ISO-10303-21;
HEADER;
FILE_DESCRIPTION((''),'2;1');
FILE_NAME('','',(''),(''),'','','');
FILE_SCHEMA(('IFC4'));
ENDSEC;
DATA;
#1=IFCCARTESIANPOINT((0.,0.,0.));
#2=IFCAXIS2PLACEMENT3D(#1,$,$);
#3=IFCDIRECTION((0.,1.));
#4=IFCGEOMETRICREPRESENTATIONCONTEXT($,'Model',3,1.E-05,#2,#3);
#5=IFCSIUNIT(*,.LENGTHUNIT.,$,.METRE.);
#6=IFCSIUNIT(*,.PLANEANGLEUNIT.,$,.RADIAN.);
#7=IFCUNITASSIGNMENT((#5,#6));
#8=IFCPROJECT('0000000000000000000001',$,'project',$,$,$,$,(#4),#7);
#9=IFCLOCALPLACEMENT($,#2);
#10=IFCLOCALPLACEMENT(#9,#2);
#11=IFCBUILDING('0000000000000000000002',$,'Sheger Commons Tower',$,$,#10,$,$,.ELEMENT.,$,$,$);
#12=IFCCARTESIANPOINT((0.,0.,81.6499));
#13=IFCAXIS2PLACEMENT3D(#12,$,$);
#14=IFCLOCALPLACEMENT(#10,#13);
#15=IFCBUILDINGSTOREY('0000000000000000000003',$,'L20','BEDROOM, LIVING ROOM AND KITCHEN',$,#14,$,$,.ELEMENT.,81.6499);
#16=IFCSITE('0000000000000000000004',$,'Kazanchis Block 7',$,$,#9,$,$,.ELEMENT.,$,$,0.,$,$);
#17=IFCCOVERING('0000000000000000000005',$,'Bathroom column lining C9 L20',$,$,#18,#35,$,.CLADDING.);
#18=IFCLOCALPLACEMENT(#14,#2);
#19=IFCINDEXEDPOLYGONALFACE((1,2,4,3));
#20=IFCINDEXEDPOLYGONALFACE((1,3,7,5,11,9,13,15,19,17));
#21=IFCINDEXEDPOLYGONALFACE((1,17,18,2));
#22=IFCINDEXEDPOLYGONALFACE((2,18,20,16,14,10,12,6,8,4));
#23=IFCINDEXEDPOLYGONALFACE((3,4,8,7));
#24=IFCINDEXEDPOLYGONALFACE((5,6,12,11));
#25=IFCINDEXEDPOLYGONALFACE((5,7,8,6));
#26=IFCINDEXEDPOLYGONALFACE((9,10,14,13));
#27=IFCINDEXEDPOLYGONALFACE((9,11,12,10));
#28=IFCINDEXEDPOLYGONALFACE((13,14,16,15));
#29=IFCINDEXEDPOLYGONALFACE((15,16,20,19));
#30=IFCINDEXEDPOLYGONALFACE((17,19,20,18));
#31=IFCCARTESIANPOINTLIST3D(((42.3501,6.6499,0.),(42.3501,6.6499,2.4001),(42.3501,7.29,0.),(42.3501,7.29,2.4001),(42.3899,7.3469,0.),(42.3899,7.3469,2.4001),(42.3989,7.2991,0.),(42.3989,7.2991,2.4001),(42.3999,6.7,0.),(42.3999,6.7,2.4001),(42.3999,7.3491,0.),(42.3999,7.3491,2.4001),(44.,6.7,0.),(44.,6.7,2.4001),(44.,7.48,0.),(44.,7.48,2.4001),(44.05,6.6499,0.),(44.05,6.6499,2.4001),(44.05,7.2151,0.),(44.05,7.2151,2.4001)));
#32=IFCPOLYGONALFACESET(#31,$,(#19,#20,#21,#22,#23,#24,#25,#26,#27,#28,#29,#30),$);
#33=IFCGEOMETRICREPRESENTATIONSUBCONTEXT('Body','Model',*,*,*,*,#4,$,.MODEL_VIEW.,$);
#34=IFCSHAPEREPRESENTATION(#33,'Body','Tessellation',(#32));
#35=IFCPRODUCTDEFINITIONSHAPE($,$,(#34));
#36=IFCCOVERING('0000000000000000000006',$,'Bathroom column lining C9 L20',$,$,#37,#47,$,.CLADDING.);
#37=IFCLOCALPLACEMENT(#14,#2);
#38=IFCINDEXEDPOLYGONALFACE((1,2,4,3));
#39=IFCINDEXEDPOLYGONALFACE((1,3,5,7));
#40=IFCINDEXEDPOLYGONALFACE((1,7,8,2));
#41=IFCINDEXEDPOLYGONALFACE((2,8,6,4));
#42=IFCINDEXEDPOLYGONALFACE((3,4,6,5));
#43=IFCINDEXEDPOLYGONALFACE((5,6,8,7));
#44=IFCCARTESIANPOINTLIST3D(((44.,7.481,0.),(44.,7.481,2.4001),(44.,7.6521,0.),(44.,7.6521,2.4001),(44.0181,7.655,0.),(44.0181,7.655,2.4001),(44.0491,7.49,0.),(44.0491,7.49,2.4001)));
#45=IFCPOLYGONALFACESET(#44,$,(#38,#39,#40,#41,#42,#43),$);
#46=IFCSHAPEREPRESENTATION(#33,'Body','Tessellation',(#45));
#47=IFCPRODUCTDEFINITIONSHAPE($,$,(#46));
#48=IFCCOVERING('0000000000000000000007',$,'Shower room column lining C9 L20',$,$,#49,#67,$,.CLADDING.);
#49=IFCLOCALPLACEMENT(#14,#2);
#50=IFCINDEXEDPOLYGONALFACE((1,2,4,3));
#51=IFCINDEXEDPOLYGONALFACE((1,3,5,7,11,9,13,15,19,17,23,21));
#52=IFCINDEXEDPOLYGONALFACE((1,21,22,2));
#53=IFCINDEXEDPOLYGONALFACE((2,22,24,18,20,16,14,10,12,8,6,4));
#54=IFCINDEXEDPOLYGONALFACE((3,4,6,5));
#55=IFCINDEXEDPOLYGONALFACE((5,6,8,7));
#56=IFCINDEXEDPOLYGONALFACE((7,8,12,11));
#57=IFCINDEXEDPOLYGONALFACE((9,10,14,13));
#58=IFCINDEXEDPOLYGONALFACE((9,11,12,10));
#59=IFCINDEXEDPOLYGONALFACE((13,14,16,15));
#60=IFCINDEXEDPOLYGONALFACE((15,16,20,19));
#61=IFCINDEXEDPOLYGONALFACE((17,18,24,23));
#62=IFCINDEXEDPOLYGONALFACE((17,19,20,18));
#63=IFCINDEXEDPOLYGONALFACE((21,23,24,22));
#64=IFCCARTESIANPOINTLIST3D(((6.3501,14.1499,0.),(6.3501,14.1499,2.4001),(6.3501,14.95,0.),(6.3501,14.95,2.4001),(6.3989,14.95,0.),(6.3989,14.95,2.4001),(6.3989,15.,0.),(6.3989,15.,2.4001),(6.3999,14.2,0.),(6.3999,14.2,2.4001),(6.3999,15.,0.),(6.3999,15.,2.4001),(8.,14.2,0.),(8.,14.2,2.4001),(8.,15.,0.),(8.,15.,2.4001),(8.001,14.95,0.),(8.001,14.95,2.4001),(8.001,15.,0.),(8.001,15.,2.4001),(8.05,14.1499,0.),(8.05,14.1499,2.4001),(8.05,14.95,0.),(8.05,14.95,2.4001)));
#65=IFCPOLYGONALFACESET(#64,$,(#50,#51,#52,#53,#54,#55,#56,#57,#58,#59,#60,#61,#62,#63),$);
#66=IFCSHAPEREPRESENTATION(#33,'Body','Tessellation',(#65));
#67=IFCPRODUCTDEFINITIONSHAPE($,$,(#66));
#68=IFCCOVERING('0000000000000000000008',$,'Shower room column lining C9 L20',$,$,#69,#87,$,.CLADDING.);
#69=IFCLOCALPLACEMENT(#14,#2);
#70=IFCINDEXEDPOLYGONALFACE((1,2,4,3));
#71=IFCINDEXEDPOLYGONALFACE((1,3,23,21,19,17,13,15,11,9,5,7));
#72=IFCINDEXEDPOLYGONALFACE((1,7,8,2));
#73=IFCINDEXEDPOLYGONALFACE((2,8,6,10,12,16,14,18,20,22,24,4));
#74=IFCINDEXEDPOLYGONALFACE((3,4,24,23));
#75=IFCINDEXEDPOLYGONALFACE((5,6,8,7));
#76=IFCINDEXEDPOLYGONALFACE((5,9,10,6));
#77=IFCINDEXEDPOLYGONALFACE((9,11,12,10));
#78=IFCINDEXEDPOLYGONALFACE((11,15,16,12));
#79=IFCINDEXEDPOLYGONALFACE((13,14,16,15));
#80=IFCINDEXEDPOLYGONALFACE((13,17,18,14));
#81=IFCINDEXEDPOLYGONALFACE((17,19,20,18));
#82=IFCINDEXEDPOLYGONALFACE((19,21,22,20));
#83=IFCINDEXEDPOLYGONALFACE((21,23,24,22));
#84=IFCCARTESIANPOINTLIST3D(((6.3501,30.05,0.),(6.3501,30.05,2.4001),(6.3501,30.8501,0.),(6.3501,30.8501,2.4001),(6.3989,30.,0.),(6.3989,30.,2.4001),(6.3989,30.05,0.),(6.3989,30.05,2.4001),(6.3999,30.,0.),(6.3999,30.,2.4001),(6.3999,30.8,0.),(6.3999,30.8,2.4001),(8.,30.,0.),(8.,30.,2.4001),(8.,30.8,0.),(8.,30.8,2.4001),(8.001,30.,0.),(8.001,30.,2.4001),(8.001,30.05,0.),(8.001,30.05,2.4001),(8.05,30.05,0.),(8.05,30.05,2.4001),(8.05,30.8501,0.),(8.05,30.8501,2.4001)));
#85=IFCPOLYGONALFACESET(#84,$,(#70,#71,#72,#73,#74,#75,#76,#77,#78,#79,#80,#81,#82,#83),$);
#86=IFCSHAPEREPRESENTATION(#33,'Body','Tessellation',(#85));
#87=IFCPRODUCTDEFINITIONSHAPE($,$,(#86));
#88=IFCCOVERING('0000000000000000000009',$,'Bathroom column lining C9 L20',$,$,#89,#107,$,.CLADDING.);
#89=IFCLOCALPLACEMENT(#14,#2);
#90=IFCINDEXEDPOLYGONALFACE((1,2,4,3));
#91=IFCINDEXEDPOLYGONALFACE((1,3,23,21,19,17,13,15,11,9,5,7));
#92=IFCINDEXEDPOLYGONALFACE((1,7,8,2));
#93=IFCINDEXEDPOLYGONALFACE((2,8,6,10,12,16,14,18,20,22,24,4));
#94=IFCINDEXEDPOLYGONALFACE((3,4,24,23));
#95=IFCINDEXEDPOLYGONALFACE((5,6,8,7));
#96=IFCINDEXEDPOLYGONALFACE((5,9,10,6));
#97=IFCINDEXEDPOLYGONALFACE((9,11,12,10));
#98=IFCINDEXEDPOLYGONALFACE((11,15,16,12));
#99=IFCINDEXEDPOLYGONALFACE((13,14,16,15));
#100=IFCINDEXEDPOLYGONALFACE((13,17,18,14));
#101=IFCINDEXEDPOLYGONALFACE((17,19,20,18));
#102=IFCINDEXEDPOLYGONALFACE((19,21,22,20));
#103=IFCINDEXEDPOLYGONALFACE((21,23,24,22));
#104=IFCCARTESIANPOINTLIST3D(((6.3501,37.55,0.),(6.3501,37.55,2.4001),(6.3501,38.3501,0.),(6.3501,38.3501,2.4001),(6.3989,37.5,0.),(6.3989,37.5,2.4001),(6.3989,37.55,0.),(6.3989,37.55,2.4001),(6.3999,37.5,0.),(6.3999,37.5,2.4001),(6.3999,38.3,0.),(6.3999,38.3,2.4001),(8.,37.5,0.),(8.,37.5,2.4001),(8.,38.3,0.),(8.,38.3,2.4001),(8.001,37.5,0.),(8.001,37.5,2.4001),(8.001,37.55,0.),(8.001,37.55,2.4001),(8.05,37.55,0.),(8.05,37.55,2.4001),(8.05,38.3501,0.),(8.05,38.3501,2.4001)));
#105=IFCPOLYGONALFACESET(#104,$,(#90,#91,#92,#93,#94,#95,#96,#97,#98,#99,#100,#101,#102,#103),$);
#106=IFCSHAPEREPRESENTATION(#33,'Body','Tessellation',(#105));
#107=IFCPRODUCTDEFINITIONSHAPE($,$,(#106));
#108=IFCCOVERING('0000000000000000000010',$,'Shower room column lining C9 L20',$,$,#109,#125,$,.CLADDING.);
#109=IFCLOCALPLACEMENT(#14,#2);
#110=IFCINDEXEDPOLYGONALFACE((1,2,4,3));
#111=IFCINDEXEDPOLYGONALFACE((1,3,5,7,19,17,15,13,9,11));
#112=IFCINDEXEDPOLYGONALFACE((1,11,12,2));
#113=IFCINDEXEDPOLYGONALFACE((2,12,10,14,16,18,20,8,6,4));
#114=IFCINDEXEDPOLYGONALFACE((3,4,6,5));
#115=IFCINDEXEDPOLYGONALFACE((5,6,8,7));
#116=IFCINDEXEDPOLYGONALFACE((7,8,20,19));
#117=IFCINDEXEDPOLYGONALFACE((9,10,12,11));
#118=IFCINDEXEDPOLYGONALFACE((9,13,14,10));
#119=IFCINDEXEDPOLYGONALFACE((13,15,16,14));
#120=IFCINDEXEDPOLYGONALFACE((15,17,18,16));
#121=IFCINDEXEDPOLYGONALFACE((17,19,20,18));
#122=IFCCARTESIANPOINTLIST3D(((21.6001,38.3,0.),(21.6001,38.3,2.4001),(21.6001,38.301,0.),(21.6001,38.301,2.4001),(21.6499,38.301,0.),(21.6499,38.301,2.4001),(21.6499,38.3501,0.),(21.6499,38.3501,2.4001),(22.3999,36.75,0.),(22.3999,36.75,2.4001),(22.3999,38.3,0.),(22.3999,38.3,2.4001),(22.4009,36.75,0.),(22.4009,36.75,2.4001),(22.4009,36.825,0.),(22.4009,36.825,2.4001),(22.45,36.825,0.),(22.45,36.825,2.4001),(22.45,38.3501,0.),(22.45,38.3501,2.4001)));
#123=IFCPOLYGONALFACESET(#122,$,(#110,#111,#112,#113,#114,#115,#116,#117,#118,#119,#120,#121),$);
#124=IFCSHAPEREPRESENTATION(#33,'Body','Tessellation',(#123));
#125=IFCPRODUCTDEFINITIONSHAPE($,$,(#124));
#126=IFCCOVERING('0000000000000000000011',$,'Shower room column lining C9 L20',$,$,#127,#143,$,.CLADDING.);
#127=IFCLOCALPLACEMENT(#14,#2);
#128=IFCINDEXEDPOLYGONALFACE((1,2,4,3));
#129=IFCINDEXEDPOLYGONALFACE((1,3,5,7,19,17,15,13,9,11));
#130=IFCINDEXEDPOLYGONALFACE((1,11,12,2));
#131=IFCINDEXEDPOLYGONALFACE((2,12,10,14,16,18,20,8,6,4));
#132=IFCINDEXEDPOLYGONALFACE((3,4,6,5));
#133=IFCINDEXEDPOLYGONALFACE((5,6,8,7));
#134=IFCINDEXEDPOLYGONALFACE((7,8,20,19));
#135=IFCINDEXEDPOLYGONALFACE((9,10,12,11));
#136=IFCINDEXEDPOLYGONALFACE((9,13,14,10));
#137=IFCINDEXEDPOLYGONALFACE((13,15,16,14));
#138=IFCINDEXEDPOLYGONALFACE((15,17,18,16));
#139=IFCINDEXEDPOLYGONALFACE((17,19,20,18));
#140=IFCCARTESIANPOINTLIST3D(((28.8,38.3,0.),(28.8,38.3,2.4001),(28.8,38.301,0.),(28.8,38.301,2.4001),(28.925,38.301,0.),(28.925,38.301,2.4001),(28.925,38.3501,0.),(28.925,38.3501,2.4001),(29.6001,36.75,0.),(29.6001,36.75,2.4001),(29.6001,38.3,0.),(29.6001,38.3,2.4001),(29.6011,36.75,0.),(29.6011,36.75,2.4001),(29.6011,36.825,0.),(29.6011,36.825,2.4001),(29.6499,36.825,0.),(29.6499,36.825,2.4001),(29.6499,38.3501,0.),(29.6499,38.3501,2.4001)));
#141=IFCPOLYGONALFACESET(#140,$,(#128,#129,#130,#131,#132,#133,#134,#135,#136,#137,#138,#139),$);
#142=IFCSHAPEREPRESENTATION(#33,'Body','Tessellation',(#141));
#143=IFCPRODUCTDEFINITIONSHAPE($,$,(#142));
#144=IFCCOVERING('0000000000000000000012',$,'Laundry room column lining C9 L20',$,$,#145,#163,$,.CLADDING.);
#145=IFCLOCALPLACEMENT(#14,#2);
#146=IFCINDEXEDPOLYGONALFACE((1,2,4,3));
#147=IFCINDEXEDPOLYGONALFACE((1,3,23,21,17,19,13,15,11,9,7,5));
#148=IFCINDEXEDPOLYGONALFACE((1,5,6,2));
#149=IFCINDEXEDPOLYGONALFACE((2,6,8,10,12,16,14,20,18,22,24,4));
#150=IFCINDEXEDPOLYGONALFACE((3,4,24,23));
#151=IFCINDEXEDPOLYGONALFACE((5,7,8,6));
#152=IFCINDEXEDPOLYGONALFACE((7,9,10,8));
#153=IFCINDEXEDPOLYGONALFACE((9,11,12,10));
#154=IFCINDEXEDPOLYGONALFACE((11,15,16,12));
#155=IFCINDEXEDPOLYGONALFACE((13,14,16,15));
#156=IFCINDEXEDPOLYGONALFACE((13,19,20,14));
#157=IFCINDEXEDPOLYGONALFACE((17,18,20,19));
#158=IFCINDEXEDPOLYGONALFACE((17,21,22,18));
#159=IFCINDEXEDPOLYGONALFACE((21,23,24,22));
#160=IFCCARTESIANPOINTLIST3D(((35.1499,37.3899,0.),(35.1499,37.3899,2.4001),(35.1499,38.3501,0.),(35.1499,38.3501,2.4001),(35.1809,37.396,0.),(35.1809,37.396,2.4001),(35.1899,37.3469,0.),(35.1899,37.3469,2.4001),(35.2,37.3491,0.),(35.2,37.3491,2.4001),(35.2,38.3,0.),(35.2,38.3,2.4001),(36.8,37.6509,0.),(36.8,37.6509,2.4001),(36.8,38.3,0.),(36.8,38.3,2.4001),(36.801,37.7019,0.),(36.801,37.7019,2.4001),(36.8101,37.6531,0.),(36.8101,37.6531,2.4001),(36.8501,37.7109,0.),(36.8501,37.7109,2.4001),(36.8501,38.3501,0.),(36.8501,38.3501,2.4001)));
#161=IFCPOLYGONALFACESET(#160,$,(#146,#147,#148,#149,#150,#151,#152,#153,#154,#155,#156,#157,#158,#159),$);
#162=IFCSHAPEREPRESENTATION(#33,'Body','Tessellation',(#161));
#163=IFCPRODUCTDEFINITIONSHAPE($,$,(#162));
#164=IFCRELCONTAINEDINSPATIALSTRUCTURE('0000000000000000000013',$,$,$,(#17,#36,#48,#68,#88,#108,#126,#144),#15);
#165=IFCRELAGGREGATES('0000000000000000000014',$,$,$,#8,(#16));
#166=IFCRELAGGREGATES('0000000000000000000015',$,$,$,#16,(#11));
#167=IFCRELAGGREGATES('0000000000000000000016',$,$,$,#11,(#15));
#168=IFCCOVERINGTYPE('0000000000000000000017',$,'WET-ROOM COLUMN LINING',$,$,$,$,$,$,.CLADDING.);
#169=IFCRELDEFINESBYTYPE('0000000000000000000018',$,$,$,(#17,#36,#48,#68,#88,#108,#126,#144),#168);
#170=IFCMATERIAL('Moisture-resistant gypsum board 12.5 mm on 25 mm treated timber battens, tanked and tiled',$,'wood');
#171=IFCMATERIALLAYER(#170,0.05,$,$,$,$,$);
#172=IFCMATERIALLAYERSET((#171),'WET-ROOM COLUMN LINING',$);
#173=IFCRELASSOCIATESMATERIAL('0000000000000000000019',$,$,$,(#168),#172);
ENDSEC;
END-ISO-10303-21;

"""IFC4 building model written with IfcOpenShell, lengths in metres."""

from ifc_helpers import new_model, si_unit, direction, frame, origin, place, context, subcontext, project, spatial, polyline, outline, extrude, material, layer, layer_set, type_object, element, save


model = new_model("IFC4")

# Units and contexts
model_context = context("Model", 3, precision=1e-05, world=origin(), true_north=direction((0.0, 1.0)))
body_context = subcontext(model_context, "Body", "Model", "MODEL_VIEW")
ifc_project = project(units=[si_unit("LENGTHUNIT", "METRE"), si_unit("PLANEANGLEUNIT", "RADIAN")], contexts=[model_context])

# Site, building, storey
site_placement = place(None, origin())
site = spatial("IfcSite", under=ifc_project, at=site_placement, Name="Kazanchis Block 7", CompositionType="ELEMENT", RefElevation=0.0)
building_placement = place(site_placement, origin())
building = spatial("IfcBuilding", under=site, at=building_placement, Name="Sheger Commons Tower", CompositionType="ELEMENT")
storey_placement = place(building_placement, frame((0.0, 0.0, 81.6499)))
storey = spatial("IfcBuildingStorey", under=building, at=storey_placement, Name="L20", Description="BEDROOM, LIVING ROOM AND KITCHEN", CompositionType="ELEMENT", Elevation=81.6499)

# Coverings
ifc_material_1 = material(Name="Moisture-resistant gypsum board 12.5 mm on 25 mm treated timber battens, tanked and tiled", Category="wood")
ifc_layer_1 = layer(ifc_material_1, 0.05)
ifc_layer_set_1 = layer_set([ifc_layer_1], Name="WET-ROOM COLUMN LINING")
covering_type_1 = type_object("IfcCoveringType", Name="WET-ROOM COLUMN LINING", PredefinedType="CLADDING", material=ifc_layer_set_1)
covering_1_placement = place(storey_placement, origin())
element("IfcCovering", 1, at=covering_1_placement, inside=storey, type_object=covering_type_1, Name="Bathroom column lining C9 L20", PredefinedType="CLADDING", context=body_context, shape_type="SweptSolid", body=[
    extrude(outline(polyline([(42.3999, 7.3491), (42.3999, 6.7), (44.0, 6.7), (44.0, 7.48), (44.05, 7.2151), (44.05, 6.6499), (42.3501, 6.6499), (42.3501, 7.29), (42.3989, 7.2991), (42.3899, 7.3469), (42.3999, 7.3491)])), origin(), (0.0, 0.0, 1.0), 2.4001),
])
covering_2_placement = place(storey_placement, origin())
element("IfcCovering", 2, at=covering_2_placement, inside=storey, type_object=covering_type_1, Name="Bathroom column lining C9 L20", PredefinedType="CLADDING", context=body_context, shape_type="SweptSolid", body=[
    extrude(outline(polyline([(44.0, 7.6521), (44.0181, 7.655), (44.0491, 7.49), (44.0, 7.481), (44.0, 7.6521)])), origin(), (0.0, 0.0, 1.0), 2.4001),
])
covering_3_placement = place(storey_placement, origin())
element("IfcCovering", 3, at=covering_3_placement, inside=storey, type_object=covering_type_1, Name="Shower room column lining C9 L20", PredefinedType="CLADDING", context=body_context, shape_type="SweptSolid", body=[
    extrude(outline(polyline([(6.3999, 15.0), (6.3999, 14.2), (8.0, 14.2), (8.0, 15.0), (8.001, 15.0), (8.001, 14.95), (8.05, 14.95), (8.05, 14.1499), (6.3501, 14.1499), (6.3501, 14.95), (6.3989, 14.95), (6.3989, 15.0), (6.3999, 15.0)])), origin(), (0.0, 0.0, 1.0), 2.4001),
])
covering_4_placement = place(storey_placement, origin())
element("IfcCovering", 4, at=covering_4_placement, inside=storey, type_object=covering_type_1, Name="Shower room column lining C9 L20", PredefinedType="CLADDING", context=body_context, shape_type="SweptSolid", body=[
    extrude(outline(polyline([(8.05, 30.8501), (8.05, 30.05), (8.001, 30.05), (8.001, 30.0), (8.0, 30.0), (8.0, 30.8), (6.3999, 30.8), (6.3999, 30.0), (6.3989, 30.0), (6.3989, 30.05), (6.3501, 30.05), (6.3501, 30.8501), (8.05, 30.8501)])), origin(), (0.0, 0.0, 1.0), 2.4001),
])
covering_5_placement = place(storey_placement, origin())
element("IfcCovering", 5, at=covering_5_placement, inside=storey, type_object=covering_type_1, Name="Bathroom column lining C9 L20", PredefinedType="CLADDING", context=body_context, shape_type="SweptSolid", body=[
    extrude(outline(polyline([(8.05, 38.3501), (8.05, 37.55), (8.001, 37.55), (8.001, 37.5), (8.0, 37.5), (8.0, 38.3), (6.3999, 38.3), (6.3999, 37.5), (6.3989, 37.5), (6.3989, 37.55), (6.3501, 37.55), (6.3501, 38.3501), (8.05, 38.3501)])), origin(), (0.0, 0.0, 1.0), 2.4001),
])
covering_6_placement = place(storey_placement, origin())
element("IfcCovering", 6, at=covering_6_placement, inside=storey, type_object=covering_type_1, Name="Shower room column lining C9 L20", PredefinedType="CLADDING", context=body_context, shape_type="SweptSolid", body=[
    extrude(outline(polyline([(22.45, 36.825), (22.4009, 36.825), (22.4009, 36.75), (22.3999, 36.75), (22.3999, 38.3), (21.6001, 38.3), (21.6001, 38.301), (21.6499, 38.301), (21.6499, 38.3501), (22.45, 38.3501), (22.45, 36.825)])), origin(), (0.0, 0.0, 1.0), 2.4001),
])
covering_7_placement = place(storey_placement, origin())
element("IfcCovering", 7, at=covering_7_placement, inside=storey, type_object=covering_type_1, Name="Shower room column lining C9 L20", PredefinedType="CLADDING", context=body_context, shape_type="SweptSolid", body=[
    extrude(outline(polyline([(29.6499, 36.825), (29.6011, 36.825), (29.6011, 36.75), (29.6001, 36.75), (29.6001, 38.3), (28.8, 38.3), (28.8, 38.301), (28.925, 38.301), (28.925, 38.3501), (29.6499, 38.3501), (29.6499, 36.825)])), origin(), (0.0, 0.0, 1.0), 2.4001),
])
covering_8_placement = place(storey_placement, origin())
element("IfcCovering", 8, at=covering_8_placement, inside=storey, type_object=covering_type_1, Name="Laundry room column lining C9 L20", PredefinedType="CLADDING", context=body_context, shape_type="SweptSolid", body=[
    extrude(outline(polyline([(36.8501, 38.3501), (36.8501, 37.7109), (36.801, 37.7019), (36.8101, 37.6531), (36.8, 37.6509), (36.8, 38.3), (35.2, 38.3), (35.2, 37.3491), (35.1899, 37.3469), (35.1809, 37.396), (35.1499, 37.3899), (35.1499, 38.3501), (36.8501, 38.3501)])), origin(), (0.0, 0.0, 1.0), 2.4001),
])

save(model, "model.ifc")
